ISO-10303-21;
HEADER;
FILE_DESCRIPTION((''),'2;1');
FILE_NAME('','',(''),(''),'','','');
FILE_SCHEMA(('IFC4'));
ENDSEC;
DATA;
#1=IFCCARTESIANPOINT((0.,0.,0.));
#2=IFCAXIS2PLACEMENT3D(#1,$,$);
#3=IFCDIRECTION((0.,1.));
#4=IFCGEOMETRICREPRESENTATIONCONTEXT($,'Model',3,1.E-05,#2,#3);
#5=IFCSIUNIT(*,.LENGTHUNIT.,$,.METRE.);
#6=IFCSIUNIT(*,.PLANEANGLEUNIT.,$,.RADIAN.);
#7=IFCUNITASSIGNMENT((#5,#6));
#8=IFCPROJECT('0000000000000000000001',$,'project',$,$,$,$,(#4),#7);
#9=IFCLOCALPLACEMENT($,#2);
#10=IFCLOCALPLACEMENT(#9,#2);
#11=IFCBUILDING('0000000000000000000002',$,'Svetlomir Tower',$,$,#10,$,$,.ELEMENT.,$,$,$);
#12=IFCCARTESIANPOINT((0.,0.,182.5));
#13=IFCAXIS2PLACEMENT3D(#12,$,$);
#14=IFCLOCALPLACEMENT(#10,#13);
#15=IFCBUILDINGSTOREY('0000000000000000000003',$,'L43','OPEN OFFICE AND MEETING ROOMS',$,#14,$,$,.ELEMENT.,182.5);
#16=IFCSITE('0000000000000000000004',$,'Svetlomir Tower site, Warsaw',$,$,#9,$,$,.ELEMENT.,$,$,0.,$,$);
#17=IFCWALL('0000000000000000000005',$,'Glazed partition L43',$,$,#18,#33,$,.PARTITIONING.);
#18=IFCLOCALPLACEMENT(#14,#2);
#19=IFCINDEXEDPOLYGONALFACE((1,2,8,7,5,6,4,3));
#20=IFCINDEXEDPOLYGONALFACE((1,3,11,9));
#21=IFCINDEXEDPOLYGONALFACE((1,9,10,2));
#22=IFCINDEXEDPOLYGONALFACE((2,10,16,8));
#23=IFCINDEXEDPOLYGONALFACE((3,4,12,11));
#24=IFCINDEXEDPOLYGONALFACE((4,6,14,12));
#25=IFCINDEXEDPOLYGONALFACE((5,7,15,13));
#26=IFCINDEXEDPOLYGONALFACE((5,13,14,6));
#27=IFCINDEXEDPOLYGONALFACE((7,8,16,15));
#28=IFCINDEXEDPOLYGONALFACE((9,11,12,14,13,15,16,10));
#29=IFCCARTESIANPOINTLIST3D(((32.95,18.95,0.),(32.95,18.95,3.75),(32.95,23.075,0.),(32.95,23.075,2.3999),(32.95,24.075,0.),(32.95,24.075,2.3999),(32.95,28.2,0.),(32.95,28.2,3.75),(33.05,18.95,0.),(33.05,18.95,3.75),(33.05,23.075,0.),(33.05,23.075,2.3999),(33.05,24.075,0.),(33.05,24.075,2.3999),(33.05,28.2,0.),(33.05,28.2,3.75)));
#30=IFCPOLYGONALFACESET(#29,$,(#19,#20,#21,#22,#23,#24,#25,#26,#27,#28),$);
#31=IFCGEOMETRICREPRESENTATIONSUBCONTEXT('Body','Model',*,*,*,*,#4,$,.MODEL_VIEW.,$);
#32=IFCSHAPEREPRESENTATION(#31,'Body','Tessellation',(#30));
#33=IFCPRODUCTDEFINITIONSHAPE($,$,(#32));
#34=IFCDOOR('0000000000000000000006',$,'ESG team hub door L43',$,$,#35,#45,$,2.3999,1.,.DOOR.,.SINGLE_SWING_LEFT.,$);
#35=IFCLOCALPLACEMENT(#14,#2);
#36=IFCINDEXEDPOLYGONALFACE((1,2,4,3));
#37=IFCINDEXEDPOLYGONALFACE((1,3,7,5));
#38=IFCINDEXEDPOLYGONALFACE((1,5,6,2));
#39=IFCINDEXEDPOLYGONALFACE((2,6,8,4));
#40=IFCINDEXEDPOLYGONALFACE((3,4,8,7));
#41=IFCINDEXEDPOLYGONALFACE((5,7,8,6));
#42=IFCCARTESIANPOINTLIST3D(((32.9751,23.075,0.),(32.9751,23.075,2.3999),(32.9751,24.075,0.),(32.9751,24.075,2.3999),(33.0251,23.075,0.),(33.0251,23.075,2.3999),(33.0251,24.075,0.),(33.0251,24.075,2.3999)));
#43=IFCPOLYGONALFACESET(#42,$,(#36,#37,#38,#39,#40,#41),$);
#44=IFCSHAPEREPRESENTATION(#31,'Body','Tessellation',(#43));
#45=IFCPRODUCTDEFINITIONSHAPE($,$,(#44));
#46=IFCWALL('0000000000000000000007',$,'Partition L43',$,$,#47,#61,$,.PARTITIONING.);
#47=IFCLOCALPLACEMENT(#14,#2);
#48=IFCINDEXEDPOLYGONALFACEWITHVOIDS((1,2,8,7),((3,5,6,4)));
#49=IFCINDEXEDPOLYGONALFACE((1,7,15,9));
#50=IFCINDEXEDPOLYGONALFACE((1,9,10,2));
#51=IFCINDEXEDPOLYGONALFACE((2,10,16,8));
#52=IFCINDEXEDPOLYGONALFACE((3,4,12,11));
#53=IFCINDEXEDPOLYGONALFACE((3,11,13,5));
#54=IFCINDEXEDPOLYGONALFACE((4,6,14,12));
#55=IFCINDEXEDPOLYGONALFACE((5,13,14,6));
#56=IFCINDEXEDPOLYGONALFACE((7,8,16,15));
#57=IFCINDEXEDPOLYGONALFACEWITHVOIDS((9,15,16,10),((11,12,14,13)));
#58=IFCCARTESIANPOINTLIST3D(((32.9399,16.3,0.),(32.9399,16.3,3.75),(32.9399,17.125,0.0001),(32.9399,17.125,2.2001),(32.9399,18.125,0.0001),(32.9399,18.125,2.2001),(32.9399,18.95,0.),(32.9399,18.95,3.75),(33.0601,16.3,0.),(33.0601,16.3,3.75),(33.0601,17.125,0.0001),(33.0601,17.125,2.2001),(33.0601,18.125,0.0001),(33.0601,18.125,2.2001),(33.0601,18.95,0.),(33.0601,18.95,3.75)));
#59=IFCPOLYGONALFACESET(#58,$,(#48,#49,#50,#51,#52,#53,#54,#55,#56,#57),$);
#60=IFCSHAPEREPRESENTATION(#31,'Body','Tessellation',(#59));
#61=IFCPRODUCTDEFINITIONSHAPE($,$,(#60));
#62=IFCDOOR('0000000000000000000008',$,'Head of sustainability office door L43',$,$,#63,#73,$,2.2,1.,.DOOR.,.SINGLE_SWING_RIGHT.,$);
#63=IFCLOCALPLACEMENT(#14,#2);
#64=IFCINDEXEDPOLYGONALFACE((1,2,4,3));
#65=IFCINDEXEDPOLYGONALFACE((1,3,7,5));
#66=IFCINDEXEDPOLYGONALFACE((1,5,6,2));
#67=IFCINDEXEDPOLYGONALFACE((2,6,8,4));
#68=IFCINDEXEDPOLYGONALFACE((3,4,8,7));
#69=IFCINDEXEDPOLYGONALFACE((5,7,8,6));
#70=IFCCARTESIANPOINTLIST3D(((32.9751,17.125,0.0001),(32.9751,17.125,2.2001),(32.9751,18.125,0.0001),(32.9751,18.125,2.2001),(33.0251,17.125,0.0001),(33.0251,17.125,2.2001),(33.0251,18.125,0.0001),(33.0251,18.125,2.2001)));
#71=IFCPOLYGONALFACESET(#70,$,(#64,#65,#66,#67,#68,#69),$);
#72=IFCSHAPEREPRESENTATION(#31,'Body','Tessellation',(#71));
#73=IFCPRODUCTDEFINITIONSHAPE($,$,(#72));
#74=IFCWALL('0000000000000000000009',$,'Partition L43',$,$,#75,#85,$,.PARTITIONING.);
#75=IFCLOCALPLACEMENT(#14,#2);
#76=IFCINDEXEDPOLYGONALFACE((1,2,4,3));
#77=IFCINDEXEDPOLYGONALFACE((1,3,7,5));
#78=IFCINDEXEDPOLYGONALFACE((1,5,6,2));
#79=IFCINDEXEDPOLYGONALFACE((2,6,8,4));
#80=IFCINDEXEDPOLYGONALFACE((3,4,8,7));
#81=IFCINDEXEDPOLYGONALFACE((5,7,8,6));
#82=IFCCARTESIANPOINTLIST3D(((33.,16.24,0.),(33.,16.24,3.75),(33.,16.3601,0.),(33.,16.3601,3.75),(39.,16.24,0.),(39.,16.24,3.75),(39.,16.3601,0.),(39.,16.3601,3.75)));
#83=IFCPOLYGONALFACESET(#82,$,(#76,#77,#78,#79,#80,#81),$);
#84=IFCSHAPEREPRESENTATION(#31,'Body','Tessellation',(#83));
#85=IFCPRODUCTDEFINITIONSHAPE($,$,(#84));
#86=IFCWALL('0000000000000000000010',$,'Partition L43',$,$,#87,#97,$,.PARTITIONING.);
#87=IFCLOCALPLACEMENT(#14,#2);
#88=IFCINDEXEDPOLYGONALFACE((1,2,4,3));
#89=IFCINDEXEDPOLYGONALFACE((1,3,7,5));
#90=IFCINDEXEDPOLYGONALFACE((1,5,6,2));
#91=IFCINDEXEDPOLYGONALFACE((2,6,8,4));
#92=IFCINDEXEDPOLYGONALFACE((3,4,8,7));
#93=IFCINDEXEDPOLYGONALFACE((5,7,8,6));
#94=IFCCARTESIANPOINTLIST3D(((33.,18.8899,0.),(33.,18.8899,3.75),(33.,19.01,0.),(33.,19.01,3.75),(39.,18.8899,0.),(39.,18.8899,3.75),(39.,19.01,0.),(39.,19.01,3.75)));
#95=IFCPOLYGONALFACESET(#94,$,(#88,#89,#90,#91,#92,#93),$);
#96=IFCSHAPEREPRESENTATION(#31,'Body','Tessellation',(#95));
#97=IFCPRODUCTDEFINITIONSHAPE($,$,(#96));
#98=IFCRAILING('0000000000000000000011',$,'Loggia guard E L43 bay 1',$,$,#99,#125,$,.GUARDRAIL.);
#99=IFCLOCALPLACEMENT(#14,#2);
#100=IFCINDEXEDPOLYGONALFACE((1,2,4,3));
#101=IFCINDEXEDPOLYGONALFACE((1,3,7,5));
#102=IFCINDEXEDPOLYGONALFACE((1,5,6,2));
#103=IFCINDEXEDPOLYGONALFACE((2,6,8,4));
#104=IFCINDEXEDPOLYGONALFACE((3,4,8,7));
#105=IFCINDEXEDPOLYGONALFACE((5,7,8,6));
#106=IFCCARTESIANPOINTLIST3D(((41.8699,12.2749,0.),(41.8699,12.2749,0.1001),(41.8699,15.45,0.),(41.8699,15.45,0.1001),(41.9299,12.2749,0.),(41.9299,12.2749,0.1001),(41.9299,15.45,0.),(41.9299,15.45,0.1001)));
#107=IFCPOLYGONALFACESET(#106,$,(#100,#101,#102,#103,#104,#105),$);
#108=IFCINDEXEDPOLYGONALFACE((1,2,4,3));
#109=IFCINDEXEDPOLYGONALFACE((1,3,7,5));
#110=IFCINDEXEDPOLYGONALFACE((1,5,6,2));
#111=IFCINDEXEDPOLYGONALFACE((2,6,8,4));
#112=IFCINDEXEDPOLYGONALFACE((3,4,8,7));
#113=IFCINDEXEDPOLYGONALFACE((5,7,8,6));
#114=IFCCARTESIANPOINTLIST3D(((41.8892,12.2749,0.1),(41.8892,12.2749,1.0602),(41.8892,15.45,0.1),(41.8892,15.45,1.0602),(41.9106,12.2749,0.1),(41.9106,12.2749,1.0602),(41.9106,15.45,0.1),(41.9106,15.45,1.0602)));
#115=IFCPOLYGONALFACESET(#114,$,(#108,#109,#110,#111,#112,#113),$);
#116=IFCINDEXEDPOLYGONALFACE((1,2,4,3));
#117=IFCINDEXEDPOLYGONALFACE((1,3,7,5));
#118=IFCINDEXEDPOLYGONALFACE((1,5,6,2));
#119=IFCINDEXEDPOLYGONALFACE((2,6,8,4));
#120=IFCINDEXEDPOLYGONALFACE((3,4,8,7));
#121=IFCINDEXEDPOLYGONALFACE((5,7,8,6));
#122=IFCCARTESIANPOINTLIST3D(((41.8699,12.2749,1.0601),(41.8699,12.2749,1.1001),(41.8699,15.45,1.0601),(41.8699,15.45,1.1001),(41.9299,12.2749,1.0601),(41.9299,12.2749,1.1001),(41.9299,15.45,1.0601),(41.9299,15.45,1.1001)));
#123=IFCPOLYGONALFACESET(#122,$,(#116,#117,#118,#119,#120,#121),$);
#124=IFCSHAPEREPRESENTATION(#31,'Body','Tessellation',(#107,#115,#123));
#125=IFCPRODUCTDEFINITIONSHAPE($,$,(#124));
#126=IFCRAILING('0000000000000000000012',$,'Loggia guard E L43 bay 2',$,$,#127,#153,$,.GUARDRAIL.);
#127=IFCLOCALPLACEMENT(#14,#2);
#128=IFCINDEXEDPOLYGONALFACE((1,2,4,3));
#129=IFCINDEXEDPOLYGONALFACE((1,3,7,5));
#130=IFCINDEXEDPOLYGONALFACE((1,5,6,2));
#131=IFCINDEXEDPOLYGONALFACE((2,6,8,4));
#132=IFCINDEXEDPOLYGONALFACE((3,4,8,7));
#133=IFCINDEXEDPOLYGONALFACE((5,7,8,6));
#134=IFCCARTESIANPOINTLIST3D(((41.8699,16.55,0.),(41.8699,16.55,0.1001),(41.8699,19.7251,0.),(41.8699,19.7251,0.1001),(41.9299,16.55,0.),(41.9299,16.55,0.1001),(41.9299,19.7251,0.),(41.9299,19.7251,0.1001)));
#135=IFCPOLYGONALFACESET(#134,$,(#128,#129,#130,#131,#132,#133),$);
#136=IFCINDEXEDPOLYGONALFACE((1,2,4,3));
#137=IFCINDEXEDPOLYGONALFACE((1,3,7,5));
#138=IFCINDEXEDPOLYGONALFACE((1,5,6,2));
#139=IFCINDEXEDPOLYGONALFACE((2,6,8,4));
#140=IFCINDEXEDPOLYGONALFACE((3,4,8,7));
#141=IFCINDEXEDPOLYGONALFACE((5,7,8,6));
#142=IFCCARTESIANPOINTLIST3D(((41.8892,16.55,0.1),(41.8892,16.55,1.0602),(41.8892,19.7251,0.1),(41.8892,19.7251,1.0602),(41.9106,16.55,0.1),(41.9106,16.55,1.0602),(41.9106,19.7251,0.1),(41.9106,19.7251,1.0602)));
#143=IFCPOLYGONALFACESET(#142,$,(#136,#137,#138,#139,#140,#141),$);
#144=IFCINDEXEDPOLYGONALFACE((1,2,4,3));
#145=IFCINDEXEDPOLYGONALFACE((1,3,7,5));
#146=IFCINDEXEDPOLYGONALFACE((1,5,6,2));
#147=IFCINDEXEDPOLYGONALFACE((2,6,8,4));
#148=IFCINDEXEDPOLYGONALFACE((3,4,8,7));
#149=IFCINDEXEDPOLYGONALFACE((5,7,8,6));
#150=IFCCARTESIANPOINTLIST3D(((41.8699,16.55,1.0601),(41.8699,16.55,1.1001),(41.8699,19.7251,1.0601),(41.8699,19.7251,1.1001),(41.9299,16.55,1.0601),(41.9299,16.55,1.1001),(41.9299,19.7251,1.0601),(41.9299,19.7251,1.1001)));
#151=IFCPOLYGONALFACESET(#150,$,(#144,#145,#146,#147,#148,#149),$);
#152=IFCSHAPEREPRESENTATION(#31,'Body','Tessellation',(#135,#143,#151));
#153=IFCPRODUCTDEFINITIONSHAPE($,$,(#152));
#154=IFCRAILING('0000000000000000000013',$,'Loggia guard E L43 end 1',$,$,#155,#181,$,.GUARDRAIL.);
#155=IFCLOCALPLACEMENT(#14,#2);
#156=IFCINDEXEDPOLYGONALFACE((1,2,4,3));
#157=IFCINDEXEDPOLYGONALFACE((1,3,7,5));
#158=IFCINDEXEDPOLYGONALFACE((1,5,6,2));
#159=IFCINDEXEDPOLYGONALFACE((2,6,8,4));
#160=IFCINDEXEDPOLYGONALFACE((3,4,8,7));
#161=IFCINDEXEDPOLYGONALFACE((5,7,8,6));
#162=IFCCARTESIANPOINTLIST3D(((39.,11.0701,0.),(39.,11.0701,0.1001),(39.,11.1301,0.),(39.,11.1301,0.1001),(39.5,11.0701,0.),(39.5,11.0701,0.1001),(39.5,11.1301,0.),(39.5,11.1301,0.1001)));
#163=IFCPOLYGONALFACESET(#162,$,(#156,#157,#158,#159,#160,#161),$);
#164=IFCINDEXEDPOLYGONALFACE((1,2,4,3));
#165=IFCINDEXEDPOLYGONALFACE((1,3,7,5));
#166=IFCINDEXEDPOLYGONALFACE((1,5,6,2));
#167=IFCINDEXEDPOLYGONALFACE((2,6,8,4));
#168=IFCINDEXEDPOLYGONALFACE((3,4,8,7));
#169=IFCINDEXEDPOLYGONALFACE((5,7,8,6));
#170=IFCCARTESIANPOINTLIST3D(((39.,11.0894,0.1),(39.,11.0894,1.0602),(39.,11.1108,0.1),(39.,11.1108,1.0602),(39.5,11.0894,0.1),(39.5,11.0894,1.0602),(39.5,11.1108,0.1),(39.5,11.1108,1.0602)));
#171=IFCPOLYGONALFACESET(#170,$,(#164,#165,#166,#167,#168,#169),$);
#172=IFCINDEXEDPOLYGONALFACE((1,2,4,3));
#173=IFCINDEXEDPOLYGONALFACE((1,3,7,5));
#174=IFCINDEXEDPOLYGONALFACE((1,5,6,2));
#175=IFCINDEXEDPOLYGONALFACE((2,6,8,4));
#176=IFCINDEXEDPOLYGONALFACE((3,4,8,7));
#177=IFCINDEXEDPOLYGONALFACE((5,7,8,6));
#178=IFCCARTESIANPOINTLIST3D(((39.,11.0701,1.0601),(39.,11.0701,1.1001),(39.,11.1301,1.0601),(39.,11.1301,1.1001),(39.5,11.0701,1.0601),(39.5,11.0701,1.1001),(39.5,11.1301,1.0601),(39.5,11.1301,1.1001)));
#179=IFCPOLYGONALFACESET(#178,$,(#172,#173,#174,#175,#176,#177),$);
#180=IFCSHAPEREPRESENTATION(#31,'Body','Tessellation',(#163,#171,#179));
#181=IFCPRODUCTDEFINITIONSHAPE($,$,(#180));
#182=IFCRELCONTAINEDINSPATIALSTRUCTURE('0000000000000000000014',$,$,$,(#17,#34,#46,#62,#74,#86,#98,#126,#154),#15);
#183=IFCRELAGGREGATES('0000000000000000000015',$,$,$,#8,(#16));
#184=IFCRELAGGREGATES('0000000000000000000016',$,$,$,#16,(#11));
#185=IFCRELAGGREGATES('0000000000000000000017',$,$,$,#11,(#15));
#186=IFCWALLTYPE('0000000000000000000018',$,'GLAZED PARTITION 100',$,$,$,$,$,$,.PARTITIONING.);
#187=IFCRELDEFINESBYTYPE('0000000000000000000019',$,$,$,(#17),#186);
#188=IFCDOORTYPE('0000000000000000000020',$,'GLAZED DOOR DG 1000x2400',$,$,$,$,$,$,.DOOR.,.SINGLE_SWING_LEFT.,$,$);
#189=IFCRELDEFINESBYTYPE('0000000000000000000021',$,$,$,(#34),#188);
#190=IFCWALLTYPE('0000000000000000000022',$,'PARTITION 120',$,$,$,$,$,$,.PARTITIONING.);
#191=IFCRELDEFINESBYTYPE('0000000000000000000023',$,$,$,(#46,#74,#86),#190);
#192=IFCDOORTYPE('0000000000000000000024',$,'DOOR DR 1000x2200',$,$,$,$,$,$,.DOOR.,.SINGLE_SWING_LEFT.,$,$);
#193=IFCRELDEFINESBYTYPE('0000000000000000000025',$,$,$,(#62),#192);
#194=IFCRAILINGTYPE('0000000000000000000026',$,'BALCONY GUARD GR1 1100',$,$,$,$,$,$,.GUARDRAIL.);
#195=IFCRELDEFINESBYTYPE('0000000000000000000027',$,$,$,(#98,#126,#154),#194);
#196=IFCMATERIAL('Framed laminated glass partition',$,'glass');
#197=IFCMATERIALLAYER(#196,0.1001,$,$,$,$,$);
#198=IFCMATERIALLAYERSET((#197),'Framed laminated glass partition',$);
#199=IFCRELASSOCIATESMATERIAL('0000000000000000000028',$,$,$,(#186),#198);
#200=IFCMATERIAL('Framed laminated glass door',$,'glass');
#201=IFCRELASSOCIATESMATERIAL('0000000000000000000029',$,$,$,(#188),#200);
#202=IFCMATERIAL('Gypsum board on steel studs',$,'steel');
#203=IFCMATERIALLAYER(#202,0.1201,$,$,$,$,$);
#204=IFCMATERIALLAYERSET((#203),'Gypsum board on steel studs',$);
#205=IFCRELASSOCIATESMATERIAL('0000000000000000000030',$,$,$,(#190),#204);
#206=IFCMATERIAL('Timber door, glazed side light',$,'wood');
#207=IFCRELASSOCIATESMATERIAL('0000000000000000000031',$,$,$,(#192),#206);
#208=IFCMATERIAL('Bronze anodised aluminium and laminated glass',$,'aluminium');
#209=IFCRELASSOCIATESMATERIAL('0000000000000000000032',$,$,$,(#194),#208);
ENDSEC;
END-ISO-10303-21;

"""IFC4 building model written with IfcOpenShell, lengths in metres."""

from ifc_helpers import new_model, si_unit, direction, frame, frame_2d, origin, origin_2d, place, context, subcontext, project, spatial, rectangle, extrude, material, layer, layer_set, type_object, element, fill, save


model = new_model("IFC4")

# Units and contexts
model_context = context("Model", 3, precision=1e-05, world=origin(), true_north=direction((0.0, 1.0)))
body_context = subcontext(model_context, "Body", "Model", "MODEL_VIEW")
ifc_project = project(units=[si_unit("LENGTHUNIT", "METRE"), si_unit("PLANEANGLEUNIT", "RADIAN")], contexts=[model_context])

# Site, building, storey
site_placement = place(None, origin())
site = spatial("IfcSite", under=ifc_project, at=site_placement, Name="Svetlomir Tower site, Warsaw", CompositionType="ELEMENT", RefElevation=0.0)
building_placement = place(site_placement, origin())
building = spatial("IfcBuilding", under=site, at=building_placement, Name="Svetlomir Tower", CompositionType="ELEMENT")
storey_placement = place(building_placement, frame((0.0, 0.0, 182.5)))
storey = spatial("IfcBuildingStorey", under=building, at=storey_placement, Name="L43", Description="OPEN OFFICE AND MEETING ROOMS", CompositionType="ELEMENT", Elevation=182.5)

# Walls, openings, doors
ifc_material_1 = material(Name="Framed laminated glass partition", Category="glass")
ifc_layer_1 = layer(ifc_material_1, 0.1001)
ifc_layer_set_1 = layer_set([ifc_layer_1], Name="Framed laminated glass partition")
wall_type_1 = type_object("IfcWallType", Name="GLAZED PARTITION 100", PredefinedType="PARTITIONING", material=ifc_layer_set_1)
wall_1_placement = place(storey_placement, frame((33.0, 18.95, 0.0), z_axis=(0.0, 0.0, 1.0), x_axis=(0.0, 1.0, 0.0)))
wall_1 = element("IfcWall", 1, at=wall_1_placement, inside=storey, type_object=wall_type_1, Name="Glazed partition L43", PredefinedType="PARTITIONING", context=body_context, shape_type="SweptSolid", body=[
    extrude(rectangle(XDim=9.25, YDim=0.1001, at=frame_2d((4.625, 0.0))), origin(), (0.0, 0.0, 1.0), 3.75),
])
opening_1_placement = place(wall_1_placement, frame((4.125, 0.0, 0.0)))
opening_1 = element("IfcOpeningElement", 2, at=opening_1_placement, cuts=wall_1, PredefinedType="OPENING", context=body_context, shape_type="SweptSolid", body=[
    extrude(rectangle(XDim=1.0, YDim=2.3999, at=frame_2d((0.5, 1.2))), frame((0.0, 0.0601, 0.0), z_axis=(0.0, -1.0, 0.0), x_axis=(1.0, 0.0, 0.0)), (0.0, 0.0, 1.0), 0.1201),
])
ifc_material_2 = material(Name="Framed laminated glass door", Category="glass")
door_type_1 = type_object("IfcDoorType", Name="GLAZED DOOR DG 1000x2400", OperationType="SINGLE_SWING_LEFT", PredefinedType="DOOR", material=ifc_material_2)
door_1_placement = place(opening_1_placement, origin())
door_1 = element("IfcDoor", 3, at=door_1_placement, inside=storey, type_object=door_type_1, Name="ESG team hub door L43", OperationType="SINGLE_SWING_LEFT", OverallHeight=2.3999, OverallWidth=1.0, PredefinedType="DOOR", context=body_context, shape_type="SweptSolid", body=[
    extrude(rectangle(XDim=1.0, YDim=2.3999, at=frame_2d((0.5, 1.2))), frame((0.0, 0.0249, 0.0), z_axis=(0.0, -1.0, 0.0), x_axis=(1.0, 0.0, 0.0)), (0.0, 0.0, 1.0), 0.05),
])
fill(opening_1, door_1)
ifc_material_3 = material(Name="Gypsum board on steel studs", Category="steel")
ifc_layer_2 = layer(ifc_material_3, 0.1201)
ifc_layer_set_2 = layer_set([ifc_layer_2], Name="Gypsum board on steel studs")
wall_type_2 = type_object("IfcWallType", Name="PARTITION 120", PredefinedType="PARTITIONING", material=ifc_layer_set_2)
wall_2_placement = place(storey_placement, frame((33.0, 16.3, 0.0), z_axis=(0.0, 0.0, 1.0), x_axis=(0.0, 1.0, 0.0)))
wall_2 = element("IfcWall", 4, at=wall_2_placement, inside=storey, type_object=wall_type_2, Name="Partition L43", PredefinedType="PARTITIONING", context=body_context, shape_type="SweptSolid", body=[
    extrude(rectangle(XDim=2.6499, YDim=0.1201, at=frame_2d((1.325, 0.0))), origin(), (0.0, 0.0, 1.0), 3.75),
])
opening_2_placement = place(wall_2_placement, frame((0.825, 0.0, 0.0)))
opening_2 = element("IfcOpeningElement", 5, at=opening_2_placement, cuts=wall_2, PredefinedType="OPENING", context=body_context, shape_type="SweptSolid", body=[
    extrude(rectangle(XDim=1.0, YDim=2.2, at=frame_2d((0.5, 1.1001))), frame((0.0, 0.0701, 0.0), z_axis=(0.0, -1.0, 0.0), x_axis=(1.0, 0.0, 0.0)), (0.0, 0.0, 1.0), 0.1401),
])
ifc_material_4 = material(Name="Timber door, glazed side light", Category="wood")
door_type_2 = type_object("IfcDoorType", Name="DOOR DR 1000x2200", OperationType="SINGLE_SWING_LEFT", PredefinedType="DOOR", material=ifc_material_4)
door_2_placement = place(opening_2_placement, origin())
door_2 = element("IfcDoor", 6, at=door_2_placement, inside=storey, type_object=door_type_2, Name="Head of sustainability office door L43", OperationType="SINGLE_SWING_RIGHT", OverallHeight=2.2, OverallWidth=1.0, PredefinedType="DOOR", context=body_context, shape_type="SweptSolid", body=[
    extrude(rectangle(XDim=1.0, YDim=2.2, at=frame_2d((0.5, 1.1001))), frame((0.0, 0.0249, 0.0), z_axis=(0.0, -1.0, 0.0), x_axis=(1.0, 0.0, 0.0)), (0.0, 0.0, 1.0), 0.05),
])
fill(opening_2, door_2)

# Walls
for number, where, z_axis, x_axis, name in (
    (7, (33.0, 16.3, 0.0), (0.0, 0.0, 1.0), (1.0, 0.0, 0.0), "Partition L43"),
    (8, (33.0, 18.95, 0.0), (0.0, 0.0, 1.0), (1.0, 0.0, 0.0), "Partition L43"),
):
    element("IfcWall", number, at=place(storey_placement, frame(where, z_axis=z_axis, x_axis=x_axis)), inside=storey, type_object=wall_type_2, Name=name, PredefinedType="PARTITIONING", context=body_context, shape_type="SweptSolid", body=[
        extrude(rectangle(XDim=6.0, YDim=0.1201, at=frame_2d((3.0, 0.0))), origin(), (0.0, 0.0, 1.0), 3.75),
    ])

# Railings
ifc_material_5 = material(Name="Bronze anodised aluminium and laminated glass", Category="aluminium")
railing_type = type_object("IfcRailingType", Name="BALCONY GUARD GR1 1100", PredefinedType="GUARDRAIL", material=ifc_material_5)
for number, where, name in (
    (9, (41.8999, 12.2749, 0.0), "Loggia guard E L43 bay 1"),
    (10, (41.8999, 16.55, 0.0), "Loggia guard E L43 bay 2"),
):
    element("IfcRailing", number, at=place(storey_placement, frame(where)), inside=storey, type_object=railing_type, Name=name, PredefinedType="GUARDRAIL", context=body_context, shape_type="SweptSolid", body=[
        extrude(rectangle(XDim=0.0601, YDim=0.1001, at=origin_2d()), frame((0.0, 0.0, 0.05), z_axis=(0.0, 1.0, 0.0), x_axis=(-1.0, 0.0, 0.0)), (0.0, 0.0, 1.0), 3.175),
        extrude(rectangle(XDim=0.0215, YDim=0.9602, at=origin_2d()), frame((0.0, 0.0, 0.5801), z_axis=(0.0, 1.0, 0.0), x_axis=(-1.0, 0.0, 0.0)), (0.0, 0.0, 1.0), 3.175),
        extrude(rectangle(XDim=0.0601, YDim=0.04, at=origin_2d()), frame((0.0, 0.0, 1.0801), z_axis=(0.0, 1.0, 0.0), x_axis=(-1.0, 0.0, 0.0)), (0.0, 0.0, 1.0), 3.175),
    ])
railing_placement = place(storey_placement, frame((39.5, 11.1001, 0.0)))
element("IfcRailing", 11, at=railing_placement, inside=storey, type_object=railing_type, Name="Loggia guard E L43 end 1", PredefinedType="GUARDRAIL", context=body_context, shape_type="SweptSolid", body=[
    extrude(rectangle(XDim=0.0601, YDim=0.1001, at=origin_2d()), frame((0.0, 0.0, 0.05), z_axis=(-1.0, 0.0, 0.0), x_axis=(0.0, -1.0, 0.0)), (0.0, 0.0, 1.0), 0.5),
    extrude(rectangle(XDim=0.0215, YDim=0.9602, at=origin_2d()), frame((0.0, 0.0, 0.5801), z_axis=(-1.0, 0.0, 0.0), x_axis=(0.0, -1.0, 0.0)), (0.0, 0.0, 1.0), 0.5),
    extrude(rectangle(XDim=0.0601, YDim=0.04, at=origin_2d()), frame((0.0, 0.0, 1.0801), z_axis=(-1.0, 0.0, 0.0), x_axis=(0.0, -1.0, 0.0)), (0.0, 0.0, 1.0), 0.5),
])

save(model, "model.ifc")
